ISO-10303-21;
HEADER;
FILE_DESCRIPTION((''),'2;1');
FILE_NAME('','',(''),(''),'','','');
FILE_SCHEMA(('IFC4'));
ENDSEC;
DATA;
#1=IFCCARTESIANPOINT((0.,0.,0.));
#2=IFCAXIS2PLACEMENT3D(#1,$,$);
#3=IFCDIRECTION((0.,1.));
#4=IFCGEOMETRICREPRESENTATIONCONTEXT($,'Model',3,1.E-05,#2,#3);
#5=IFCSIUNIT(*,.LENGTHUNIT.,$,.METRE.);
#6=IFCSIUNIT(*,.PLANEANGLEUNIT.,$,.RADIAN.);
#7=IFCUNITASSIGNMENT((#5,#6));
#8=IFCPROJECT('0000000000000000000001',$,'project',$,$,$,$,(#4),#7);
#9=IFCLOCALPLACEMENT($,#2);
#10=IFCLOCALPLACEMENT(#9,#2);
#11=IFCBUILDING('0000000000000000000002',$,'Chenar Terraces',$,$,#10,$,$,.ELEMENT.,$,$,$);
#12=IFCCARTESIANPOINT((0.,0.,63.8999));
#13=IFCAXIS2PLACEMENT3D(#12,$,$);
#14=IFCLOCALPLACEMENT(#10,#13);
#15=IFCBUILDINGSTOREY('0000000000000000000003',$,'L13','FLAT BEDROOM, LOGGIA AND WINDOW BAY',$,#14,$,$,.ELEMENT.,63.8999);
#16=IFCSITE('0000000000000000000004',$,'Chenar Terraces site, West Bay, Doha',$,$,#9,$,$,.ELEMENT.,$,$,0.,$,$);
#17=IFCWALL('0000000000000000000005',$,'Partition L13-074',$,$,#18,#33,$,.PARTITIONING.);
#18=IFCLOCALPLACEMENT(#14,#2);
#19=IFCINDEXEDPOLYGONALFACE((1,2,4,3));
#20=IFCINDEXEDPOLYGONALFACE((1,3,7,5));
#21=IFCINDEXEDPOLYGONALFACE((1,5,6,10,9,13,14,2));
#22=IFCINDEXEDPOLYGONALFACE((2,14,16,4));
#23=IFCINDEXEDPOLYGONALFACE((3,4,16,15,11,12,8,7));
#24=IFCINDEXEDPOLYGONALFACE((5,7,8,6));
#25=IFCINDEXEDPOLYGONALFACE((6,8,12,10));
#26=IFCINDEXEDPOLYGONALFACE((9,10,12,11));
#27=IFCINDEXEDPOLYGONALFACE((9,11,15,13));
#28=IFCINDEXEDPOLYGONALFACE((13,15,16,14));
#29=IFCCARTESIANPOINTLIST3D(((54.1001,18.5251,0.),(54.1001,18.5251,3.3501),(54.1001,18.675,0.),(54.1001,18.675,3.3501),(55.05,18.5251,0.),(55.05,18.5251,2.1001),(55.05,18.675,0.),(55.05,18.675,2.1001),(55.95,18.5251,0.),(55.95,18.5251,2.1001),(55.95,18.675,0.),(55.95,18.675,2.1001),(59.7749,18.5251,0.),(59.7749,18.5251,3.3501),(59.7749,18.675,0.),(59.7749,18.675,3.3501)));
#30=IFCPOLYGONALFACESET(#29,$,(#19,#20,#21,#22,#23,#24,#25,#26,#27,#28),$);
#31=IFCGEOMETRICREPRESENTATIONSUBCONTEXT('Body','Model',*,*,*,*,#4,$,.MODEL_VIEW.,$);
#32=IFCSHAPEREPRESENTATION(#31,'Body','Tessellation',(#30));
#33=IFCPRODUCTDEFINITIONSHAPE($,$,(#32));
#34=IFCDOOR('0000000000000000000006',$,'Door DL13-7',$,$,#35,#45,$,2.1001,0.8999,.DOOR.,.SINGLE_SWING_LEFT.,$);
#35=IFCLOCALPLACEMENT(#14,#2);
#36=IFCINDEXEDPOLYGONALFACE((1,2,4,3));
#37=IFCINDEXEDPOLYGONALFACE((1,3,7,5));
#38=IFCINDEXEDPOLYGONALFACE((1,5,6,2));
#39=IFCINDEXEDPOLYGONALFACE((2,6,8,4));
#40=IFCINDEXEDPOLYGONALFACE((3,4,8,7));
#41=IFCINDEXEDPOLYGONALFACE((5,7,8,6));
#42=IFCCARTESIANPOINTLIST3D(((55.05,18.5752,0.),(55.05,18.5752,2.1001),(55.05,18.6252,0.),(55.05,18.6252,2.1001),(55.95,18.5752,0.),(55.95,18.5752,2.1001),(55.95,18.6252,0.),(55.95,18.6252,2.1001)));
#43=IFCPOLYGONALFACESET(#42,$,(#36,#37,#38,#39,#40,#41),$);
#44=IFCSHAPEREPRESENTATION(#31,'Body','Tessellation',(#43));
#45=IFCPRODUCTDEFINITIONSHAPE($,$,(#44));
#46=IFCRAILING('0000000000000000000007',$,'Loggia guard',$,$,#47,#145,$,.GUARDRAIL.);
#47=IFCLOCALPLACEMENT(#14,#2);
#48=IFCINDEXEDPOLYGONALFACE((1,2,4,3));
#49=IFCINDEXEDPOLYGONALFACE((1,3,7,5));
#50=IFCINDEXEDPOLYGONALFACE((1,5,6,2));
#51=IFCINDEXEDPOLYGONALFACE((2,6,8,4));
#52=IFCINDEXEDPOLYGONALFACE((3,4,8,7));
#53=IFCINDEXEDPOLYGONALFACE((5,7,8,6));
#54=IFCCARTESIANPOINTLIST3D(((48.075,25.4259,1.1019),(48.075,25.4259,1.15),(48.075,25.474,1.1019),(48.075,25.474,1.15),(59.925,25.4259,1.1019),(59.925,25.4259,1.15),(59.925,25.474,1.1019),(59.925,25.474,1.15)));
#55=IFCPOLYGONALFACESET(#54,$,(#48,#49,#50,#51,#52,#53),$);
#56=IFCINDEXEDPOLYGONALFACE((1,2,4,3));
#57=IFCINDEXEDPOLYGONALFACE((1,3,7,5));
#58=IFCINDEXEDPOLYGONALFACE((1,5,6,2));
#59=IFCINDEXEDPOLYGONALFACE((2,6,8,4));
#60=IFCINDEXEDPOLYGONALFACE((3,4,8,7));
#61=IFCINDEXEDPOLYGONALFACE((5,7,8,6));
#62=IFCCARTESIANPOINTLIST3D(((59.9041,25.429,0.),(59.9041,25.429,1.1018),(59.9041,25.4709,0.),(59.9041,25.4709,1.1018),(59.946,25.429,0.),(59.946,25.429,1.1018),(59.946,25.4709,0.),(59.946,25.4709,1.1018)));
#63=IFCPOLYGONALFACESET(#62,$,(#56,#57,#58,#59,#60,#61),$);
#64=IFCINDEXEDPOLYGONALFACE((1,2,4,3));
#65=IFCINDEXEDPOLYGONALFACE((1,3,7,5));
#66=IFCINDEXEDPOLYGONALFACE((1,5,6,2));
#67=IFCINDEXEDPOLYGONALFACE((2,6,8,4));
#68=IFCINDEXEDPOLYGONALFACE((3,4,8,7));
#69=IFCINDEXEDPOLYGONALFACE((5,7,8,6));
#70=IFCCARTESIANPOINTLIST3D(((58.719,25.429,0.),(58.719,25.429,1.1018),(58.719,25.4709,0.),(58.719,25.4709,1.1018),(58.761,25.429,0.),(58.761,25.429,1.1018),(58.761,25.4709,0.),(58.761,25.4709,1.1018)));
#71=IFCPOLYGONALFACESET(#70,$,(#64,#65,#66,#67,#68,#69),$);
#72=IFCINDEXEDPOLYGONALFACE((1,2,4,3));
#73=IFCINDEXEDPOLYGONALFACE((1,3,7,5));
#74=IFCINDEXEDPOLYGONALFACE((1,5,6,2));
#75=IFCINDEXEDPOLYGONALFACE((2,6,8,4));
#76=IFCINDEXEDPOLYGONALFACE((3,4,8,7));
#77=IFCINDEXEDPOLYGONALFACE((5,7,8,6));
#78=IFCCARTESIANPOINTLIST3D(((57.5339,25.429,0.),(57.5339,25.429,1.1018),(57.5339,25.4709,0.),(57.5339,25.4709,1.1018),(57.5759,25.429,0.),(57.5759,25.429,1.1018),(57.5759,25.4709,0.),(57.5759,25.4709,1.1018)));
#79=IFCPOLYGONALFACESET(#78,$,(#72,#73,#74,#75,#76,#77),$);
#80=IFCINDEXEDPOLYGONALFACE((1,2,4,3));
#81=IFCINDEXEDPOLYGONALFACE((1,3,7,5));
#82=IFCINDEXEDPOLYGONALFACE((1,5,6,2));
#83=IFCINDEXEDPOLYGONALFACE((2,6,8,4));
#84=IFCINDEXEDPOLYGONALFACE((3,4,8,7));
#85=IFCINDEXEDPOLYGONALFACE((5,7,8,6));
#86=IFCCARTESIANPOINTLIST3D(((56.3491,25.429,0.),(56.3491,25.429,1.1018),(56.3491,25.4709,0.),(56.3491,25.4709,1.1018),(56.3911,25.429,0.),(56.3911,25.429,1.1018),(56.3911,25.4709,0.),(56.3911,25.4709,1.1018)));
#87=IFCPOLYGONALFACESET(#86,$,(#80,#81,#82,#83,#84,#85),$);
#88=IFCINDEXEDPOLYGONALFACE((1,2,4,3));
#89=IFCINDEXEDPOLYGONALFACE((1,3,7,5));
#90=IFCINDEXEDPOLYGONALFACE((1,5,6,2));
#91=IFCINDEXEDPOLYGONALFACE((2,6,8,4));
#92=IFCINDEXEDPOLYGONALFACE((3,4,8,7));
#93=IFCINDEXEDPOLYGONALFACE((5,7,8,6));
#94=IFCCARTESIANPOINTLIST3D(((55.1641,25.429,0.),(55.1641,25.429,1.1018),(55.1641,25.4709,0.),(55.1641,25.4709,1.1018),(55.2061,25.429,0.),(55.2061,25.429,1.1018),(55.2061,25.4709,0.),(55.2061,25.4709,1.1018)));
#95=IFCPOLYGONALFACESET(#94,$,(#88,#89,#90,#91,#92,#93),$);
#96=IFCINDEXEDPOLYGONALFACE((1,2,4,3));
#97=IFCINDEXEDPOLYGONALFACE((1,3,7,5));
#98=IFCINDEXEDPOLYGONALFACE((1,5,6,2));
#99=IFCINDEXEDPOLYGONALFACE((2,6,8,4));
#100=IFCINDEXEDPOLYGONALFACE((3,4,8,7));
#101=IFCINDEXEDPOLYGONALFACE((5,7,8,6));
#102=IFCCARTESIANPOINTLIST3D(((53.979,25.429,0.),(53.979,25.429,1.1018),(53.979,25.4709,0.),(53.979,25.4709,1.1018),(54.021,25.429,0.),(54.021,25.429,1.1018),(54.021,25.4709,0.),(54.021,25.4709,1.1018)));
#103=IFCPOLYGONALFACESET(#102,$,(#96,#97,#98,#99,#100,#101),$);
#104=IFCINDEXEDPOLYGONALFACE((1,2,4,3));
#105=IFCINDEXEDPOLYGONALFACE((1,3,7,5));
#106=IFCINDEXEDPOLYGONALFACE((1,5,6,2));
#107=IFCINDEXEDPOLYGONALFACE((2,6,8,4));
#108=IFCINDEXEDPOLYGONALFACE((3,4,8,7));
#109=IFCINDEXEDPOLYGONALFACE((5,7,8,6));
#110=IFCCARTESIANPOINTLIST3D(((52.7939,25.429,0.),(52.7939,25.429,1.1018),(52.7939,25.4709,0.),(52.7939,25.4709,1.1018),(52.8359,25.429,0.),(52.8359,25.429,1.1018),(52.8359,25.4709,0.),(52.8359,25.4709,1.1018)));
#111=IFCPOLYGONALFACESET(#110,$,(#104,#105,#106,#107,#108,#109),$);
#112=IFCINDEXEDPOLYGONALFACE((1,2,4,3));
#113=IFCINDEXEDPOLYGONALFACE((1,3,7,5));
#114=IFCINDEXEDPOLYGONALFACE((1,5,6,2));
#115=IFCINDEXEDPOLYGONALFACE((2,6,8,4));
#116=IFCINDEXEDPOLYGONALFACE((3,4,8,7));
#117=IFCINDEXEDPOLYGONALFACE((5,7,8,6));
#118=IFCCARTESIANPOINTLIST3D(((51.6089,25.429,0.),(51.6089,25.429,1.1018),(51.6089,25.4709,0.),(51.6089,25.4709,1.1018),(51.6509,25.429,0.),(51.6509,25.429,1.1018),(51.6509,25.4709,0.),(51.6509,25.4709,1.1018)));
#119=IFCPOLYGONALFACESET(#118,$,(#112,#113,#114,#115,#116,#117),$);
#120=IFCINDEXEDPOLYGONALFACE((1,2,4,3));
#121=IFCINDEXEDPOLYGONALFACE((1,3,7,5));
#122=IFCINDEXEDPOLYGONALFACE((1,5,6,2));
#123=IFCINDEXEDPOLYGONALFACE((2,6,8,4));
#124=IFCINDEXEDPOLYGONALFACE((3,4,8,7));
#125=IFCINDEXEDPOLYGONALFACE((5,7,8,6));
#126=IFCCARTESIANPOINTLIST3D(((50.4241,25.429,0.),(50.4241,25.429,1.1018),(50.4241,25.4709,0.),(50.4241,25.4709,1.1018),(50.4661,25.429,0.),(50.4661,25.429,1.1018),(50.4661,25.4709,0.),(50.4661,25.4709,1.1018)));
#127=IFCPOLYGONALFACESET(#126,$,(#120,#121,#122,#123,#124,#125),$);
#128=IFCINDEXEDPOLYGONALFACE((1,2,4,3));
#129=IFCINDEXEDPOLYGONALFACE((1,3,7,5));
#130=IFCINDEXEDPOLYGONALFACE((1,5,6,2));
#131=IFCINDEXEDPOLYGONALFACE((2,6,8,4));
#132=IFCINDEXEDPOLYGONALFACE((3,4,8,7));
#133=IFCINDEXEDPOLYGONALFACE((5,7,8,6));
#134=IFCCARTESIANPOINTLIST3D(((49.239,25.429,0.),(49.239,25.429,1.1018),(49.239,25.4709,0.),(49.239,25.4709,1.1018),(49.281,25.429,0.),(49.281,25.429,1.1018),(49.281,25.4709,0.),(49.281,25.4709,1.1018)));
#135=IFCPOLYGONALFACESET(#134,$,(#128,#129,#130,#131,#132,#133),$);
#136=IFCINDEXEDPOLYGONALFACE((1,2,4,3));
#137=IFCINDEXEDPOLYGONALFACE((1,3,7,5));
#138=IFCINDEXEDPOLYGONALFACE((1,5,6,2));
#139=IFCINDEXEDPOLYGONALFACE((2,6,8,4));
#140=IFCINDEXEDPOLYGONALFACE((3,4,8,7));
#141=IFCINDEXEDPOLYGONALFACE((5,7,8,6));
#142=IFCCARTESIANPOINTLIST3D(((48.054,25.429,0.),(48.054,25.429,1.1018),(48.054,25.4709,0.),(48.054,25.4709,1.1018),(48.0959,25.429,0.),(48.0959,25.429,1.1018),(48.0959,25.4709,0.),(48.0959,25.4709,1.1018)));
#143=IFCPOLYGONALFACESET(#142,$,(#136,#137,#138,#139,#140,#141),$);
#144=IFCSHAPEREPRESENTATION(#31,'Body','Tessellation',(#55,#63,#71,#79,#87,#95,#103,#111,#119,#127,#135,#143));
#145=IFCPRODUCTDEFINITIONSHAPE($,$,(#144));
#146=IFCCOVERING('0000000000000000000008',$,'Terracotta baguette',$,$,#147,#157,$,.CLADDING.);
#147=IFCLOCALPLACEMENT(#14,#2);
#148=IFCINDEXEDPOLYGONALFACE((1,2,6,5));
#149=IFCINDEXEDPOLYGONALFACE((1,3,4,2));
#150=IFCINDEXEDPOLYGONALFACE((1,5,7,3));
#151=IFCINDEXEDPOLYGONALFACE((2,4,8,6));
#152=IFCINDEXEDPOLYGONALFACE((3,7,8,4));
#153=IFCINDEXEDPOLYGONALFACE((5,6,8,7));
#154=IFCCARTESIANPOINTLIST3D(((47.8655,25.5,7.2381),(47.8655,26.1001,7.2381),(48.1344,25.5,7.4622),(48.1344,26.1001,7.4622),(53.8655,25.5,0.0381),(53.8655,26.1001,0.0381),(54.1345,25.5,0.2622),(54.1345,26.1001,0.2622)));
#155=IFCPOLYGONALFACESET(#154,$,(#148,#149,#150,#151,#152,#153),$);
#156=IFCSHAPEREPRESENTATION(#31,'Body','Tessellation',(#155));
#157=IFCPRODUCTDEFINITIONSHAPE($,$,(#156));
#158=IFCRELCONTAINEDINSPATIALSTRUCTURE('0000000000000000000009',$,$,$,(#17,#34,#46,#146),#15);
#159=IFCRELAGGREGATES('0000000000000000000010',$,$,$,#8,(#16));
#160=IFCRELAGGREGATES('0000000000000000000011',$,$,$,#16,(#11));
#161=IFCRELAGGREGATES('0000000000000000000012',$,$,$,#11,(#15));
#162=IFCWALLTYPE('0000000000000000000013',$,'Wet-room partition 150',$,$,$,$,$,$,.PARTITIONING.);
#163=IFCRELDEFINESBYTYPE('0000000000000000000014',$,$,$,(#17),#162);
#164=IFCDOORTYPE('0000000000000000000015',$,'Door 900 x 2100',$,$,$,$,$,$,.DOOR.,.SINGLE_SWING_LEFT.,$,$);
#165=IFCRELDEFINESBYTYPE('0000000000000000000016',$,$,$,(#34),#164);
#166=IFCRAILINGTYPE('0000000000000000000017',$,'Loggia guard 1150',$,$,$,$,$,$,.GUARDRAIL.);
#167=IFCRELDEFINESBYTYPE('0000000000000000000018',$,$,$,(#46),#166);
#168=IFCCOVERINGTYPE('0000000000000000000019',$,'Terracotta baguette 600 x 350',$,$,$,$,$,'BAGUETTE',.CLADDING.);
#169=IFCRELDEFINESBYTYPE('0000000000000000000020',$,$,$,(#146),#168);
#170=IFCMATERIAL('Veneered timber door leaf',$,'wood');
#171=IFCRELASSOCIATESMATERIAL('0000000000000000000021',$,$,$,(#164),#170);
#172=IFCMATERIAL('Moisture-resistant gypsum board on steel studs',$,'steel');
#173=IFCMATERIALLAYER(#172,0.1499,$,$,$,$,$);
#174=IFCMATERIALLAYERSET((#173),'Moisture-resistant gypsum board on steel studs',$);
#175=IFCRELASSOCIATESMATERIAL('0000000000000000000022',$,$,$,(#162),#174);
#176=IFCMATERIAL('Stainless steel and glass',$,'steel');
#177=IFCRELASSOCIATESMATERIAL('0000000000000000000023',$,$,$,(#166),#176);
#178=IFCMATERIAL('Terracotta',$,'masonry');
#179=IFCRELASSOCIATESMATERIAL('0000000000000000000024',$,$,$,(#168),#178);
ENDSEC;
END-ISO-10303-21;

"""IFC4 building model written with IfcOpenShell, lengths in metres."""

from ifc_helpers import new_model, si_unit, direction, frame, frame_2d, origin, origin_2d, place, context, subcontext, project, spatial, rectangle, extrude, material, layer, layer_set, material_profile, profile_set, type_object, element, fill, save


model = new_model("IFC4")

# Units and contexts
model_context = context("Model", 3, precision=1e-05, world=origin(), true_north=direction((0.0, 1.0)))
body_context = subcontext(model_context, "Body", "Model", "MODEL_VIEW")
ifc_project = project(units=[si_unit("LENGTHUNIT", "METRE"), si_unit("PLANEANGLEUNIT", "RADIAN")], contexts=[model_context])

# Site, building, storey
site_placement = place(None, origin())
site = spatial("IfcSite", under=ifc_project, at=site_placement, Name="Chenar Terraces site, West Bay, Doha", CompositionType="ELEMENT", RefElevation=0.0)
building_placement = place(site_placement, origin())
building = spatial("IfcBuilding", under=site, at=building_placement, Name="Chenar Terraces", CompositionType="ELEMENT")
storey_placement = place(building_placement, frame((0.0, 0.0, 63.8999)))
storey = spatial("IfcBuildingStorey", under=building, at=storey_placement, Name="L13", Description="FLAT BEDROOM, LOGGIA AND WINDOW BAY", CompositionType="ELEMENT", Elevation=63.8999)

# Shared definitions
ifc_material_1 = material(Name="Veneered timber door leaf", Category="wood")
door_type = type_object("IfcDoorType", Name="Door 900 x 2100", OperationType="SINGLE_SWING_LEFT", PredefinedType="DOOR", material=ifc_material_1)

# Wall, opening, door
ifc_material_2 = material(Name="Moisture-resistant gypsum board on steel studs", Category="steel")
ifc_layer_1 = layer(ifc_material_2, 0.1499)
ifc_layer_set_1 = layer_set([ifc_layer_1], Name="Moisture-resistant gypsum board on steel studs")
wall_type_1 = type_object("IfcWallType", Name="Wet-room partition 150", PredefinedType="PARTITIONING", material=ifc_layer_set_1)
wall_1_placement = place(storey_placement, frame((54.1001, 18.6001, 0.0), z_axis=(0.0, 0.0, 1.0), x_axis=(1.0, 0.0, 0.0)))
wall_1 = element("IfcWall", 1, at=wall_1_placement, inside=storey, type_object=wall_type_1, Name="Partition L13-074", PredefinedType="PARTITIONING", context=body_context, shape_type="SweptSolid", body=[
    extrude(rectangle(XDim=5.6748, YDim=0.1499, at=frame_2d((2.8374, 0.0))), origin(), (0.0, 0.0, 1.0), 3.3501),
])
opening_1_placement = place(wall_1_placement, frame((0.95, 0.0, 0.0)))
opening_1 = element("IfcOpeningElement", 2, at=opening_1_placement, cuts=wall_1, PredefinedType="OPENING", context=body_context, shape_type="SweptSolid", body=[
    extrude(rectangle(XDim=0.8999, YDim=2.1001, at=frame_2d((0.45, 1.05))), frame((0.0, 0.085, 0.0), z_axis=(0.0, -1.0, 0.0), x_axis=(1.0, 0.0, 0.0)), (0.0, 0.0, 1.0), 0.1699),
])
door_1_placement = place(opening_1_placement, frame((0.8999, 0.0, 0.0), z_axis=(0.0, 0.0, 1.0), x_axis=(-1.0, 0.0, 0.0)))
door_1 = element("IfcDoor", 3, at=door_1_placement, inside=storey, type_object=door_type, Name="Door DL13-7", OperationType="SINGLE_SWING_LEFT", OverallHeight=2.1001, OverallWidth=0.8999, PredefinedType="DOOR", context=body_context, shape_type="SweptSolid", body=[
    extrude(rectangle(XDim=0.8999, YDim=2.1001, at=frame_2d((0.45, 1.05))), frame((0.0, 0.0249, 0.0), z_axis=(0.0, -1.0, 0.0), x_axis=(1.0, 0.0, 0.0)), (0.0, 0.0, 1.0), 0.05),
])
fill(opening_1, door_1)

# Railing
ifc_material_3 = material(Name="Stainless steel and glass", Category="steel")
railing_type = type_object("IfcRailingType", Name="Loggia guard 1150", PredefinedType="GUARDRAIL", material=ifc_material_3)
railing_placement = place(storey_placement, frame((59.925, 25.45, 0.0)))
element("IfcRailing", 4, at=railing_placement, inside=storey, type_object=railing_type, Name="Loggia guard", PredefinedType="GUARDRAIL", context=body_context, shape_type="SweptSolid", body=[
    extrude(rectangle(XDim=0.0481, YDim=0.0481, at=origin_2d()), frame((0.0, 0.0, 1.126), z_axis=(-1.0, 0.0, 0.0), x_axis=(0.0, -1.0, 0.0)), (0.0, 0.0, 1.0), 11.8501),
    extrude(rectangle(XDim=0.042, YDim=0.042, at=origin_2d()), origin(), (0.0, 0.0, 1.0), 1.1018),
    extrude(rectangle(XDim=0.042, YDim=0.042, at=origin_2d()), frame((-1.1851, 0.0, 0.0)), (0.0, 0.0, 1.0), 1.1018),
    extrude(rectangle(XDim=0.042, YDim=0.042, at=origin_2d()), frame((-2.3701, 0.0, 0.0)), (0.0, 0.0, 1.0), 1.1018),
    extrude(rectangle(XDim=0.042, YDim=0.042, at=origin_2d()), frame((-3.5549, 0.0, 0.0)), (0.0, 0.0, 1.0), 1.1018),
    extrude(rectangle(XDim=0.042, YDim=0.042, at=origin_2d()), frame((-4.74, 0.0, 0.0)), (0.0, 0.0, 1.0), 1.1018),
    extrude(rectangle(XDim=0.042, YDim=0.042, at=origin_2d()), frame((-5.925, 0.0, 0.0)), (0.0, 0.0, 1.0), 1.1018),
    extrude(rectangle(XDim=0.042, YDim=0.042, at=origin_2d()), frame((-7.1101, 0.0, 0.0)), (0.0, 0.0, 1.0), 1.1018),
    extrude(rectangle(XDim=0.042, YDim=0.042, at=origin_2d()), frame((-8.2952, 0.0, 0.0)), (0.0, 0.0, 1.0), 1.1018),
    extrude(rectangle(XDim=0.042, YDim=0.042, at=origin_2d()), frame((-9.48, 0.0, 0.0)), (0.0, 0.0, 1.0), 1.1018),
    extrude(rectangle(XDim=0.042, YDim=0.042, at=origin_2d()), frame((-10.665, 0.0, 0.0)), (0.0, 0.0, 1.0), 1.1018),
    extrude(rectangle(XDim=0.042, YDim=0.042, at=origin_2d()), frame((-11.8501, 0.0, 0.0)), (0.0, 0.0, 1.0), 1.1018),
])

# Covering
ifc_material_4 = material(Name="Terracotta", Category="masonry")
ifc_material_profile_1 = material_profile(ifc_material_4, rectangle(XDim=0.6001, YDim=0.3501, at=origin_2d()), Name="Terracotta baguette 600 x 350")
ifc_profile_set_1 = profile_set([ifc_material_profile_1], Name="Terracotta")
covering_type = type_object("IfcCoveringType", Name="Terracotta baguette 600 x 350", ElementType="BAGUETTE", PredefinedType="CLADDING", material=ifc_profile_set_1)
covering_placement = place(storey_placement, frame((54.0, 25.8, 0.1501), z_axis=(-0.640187, 0.0, 0.768219), x_axis=(0.0, -1.0, 0.0)))
element("IfcCovering", 5, at=covering_placement, inside=storey, type_object=covering_type, Name="Terracotta baguette", PredefinedType="CLADDING", context=body_context, shape_type="SweptSolid", body=[
    extrude(rectangle(XDim=0.6001, YDim=0.3501, at=origin_2d()), origin(), (0.0, 0.0, 1.0), 9.3723),
])

save(model, "model.ifc")
